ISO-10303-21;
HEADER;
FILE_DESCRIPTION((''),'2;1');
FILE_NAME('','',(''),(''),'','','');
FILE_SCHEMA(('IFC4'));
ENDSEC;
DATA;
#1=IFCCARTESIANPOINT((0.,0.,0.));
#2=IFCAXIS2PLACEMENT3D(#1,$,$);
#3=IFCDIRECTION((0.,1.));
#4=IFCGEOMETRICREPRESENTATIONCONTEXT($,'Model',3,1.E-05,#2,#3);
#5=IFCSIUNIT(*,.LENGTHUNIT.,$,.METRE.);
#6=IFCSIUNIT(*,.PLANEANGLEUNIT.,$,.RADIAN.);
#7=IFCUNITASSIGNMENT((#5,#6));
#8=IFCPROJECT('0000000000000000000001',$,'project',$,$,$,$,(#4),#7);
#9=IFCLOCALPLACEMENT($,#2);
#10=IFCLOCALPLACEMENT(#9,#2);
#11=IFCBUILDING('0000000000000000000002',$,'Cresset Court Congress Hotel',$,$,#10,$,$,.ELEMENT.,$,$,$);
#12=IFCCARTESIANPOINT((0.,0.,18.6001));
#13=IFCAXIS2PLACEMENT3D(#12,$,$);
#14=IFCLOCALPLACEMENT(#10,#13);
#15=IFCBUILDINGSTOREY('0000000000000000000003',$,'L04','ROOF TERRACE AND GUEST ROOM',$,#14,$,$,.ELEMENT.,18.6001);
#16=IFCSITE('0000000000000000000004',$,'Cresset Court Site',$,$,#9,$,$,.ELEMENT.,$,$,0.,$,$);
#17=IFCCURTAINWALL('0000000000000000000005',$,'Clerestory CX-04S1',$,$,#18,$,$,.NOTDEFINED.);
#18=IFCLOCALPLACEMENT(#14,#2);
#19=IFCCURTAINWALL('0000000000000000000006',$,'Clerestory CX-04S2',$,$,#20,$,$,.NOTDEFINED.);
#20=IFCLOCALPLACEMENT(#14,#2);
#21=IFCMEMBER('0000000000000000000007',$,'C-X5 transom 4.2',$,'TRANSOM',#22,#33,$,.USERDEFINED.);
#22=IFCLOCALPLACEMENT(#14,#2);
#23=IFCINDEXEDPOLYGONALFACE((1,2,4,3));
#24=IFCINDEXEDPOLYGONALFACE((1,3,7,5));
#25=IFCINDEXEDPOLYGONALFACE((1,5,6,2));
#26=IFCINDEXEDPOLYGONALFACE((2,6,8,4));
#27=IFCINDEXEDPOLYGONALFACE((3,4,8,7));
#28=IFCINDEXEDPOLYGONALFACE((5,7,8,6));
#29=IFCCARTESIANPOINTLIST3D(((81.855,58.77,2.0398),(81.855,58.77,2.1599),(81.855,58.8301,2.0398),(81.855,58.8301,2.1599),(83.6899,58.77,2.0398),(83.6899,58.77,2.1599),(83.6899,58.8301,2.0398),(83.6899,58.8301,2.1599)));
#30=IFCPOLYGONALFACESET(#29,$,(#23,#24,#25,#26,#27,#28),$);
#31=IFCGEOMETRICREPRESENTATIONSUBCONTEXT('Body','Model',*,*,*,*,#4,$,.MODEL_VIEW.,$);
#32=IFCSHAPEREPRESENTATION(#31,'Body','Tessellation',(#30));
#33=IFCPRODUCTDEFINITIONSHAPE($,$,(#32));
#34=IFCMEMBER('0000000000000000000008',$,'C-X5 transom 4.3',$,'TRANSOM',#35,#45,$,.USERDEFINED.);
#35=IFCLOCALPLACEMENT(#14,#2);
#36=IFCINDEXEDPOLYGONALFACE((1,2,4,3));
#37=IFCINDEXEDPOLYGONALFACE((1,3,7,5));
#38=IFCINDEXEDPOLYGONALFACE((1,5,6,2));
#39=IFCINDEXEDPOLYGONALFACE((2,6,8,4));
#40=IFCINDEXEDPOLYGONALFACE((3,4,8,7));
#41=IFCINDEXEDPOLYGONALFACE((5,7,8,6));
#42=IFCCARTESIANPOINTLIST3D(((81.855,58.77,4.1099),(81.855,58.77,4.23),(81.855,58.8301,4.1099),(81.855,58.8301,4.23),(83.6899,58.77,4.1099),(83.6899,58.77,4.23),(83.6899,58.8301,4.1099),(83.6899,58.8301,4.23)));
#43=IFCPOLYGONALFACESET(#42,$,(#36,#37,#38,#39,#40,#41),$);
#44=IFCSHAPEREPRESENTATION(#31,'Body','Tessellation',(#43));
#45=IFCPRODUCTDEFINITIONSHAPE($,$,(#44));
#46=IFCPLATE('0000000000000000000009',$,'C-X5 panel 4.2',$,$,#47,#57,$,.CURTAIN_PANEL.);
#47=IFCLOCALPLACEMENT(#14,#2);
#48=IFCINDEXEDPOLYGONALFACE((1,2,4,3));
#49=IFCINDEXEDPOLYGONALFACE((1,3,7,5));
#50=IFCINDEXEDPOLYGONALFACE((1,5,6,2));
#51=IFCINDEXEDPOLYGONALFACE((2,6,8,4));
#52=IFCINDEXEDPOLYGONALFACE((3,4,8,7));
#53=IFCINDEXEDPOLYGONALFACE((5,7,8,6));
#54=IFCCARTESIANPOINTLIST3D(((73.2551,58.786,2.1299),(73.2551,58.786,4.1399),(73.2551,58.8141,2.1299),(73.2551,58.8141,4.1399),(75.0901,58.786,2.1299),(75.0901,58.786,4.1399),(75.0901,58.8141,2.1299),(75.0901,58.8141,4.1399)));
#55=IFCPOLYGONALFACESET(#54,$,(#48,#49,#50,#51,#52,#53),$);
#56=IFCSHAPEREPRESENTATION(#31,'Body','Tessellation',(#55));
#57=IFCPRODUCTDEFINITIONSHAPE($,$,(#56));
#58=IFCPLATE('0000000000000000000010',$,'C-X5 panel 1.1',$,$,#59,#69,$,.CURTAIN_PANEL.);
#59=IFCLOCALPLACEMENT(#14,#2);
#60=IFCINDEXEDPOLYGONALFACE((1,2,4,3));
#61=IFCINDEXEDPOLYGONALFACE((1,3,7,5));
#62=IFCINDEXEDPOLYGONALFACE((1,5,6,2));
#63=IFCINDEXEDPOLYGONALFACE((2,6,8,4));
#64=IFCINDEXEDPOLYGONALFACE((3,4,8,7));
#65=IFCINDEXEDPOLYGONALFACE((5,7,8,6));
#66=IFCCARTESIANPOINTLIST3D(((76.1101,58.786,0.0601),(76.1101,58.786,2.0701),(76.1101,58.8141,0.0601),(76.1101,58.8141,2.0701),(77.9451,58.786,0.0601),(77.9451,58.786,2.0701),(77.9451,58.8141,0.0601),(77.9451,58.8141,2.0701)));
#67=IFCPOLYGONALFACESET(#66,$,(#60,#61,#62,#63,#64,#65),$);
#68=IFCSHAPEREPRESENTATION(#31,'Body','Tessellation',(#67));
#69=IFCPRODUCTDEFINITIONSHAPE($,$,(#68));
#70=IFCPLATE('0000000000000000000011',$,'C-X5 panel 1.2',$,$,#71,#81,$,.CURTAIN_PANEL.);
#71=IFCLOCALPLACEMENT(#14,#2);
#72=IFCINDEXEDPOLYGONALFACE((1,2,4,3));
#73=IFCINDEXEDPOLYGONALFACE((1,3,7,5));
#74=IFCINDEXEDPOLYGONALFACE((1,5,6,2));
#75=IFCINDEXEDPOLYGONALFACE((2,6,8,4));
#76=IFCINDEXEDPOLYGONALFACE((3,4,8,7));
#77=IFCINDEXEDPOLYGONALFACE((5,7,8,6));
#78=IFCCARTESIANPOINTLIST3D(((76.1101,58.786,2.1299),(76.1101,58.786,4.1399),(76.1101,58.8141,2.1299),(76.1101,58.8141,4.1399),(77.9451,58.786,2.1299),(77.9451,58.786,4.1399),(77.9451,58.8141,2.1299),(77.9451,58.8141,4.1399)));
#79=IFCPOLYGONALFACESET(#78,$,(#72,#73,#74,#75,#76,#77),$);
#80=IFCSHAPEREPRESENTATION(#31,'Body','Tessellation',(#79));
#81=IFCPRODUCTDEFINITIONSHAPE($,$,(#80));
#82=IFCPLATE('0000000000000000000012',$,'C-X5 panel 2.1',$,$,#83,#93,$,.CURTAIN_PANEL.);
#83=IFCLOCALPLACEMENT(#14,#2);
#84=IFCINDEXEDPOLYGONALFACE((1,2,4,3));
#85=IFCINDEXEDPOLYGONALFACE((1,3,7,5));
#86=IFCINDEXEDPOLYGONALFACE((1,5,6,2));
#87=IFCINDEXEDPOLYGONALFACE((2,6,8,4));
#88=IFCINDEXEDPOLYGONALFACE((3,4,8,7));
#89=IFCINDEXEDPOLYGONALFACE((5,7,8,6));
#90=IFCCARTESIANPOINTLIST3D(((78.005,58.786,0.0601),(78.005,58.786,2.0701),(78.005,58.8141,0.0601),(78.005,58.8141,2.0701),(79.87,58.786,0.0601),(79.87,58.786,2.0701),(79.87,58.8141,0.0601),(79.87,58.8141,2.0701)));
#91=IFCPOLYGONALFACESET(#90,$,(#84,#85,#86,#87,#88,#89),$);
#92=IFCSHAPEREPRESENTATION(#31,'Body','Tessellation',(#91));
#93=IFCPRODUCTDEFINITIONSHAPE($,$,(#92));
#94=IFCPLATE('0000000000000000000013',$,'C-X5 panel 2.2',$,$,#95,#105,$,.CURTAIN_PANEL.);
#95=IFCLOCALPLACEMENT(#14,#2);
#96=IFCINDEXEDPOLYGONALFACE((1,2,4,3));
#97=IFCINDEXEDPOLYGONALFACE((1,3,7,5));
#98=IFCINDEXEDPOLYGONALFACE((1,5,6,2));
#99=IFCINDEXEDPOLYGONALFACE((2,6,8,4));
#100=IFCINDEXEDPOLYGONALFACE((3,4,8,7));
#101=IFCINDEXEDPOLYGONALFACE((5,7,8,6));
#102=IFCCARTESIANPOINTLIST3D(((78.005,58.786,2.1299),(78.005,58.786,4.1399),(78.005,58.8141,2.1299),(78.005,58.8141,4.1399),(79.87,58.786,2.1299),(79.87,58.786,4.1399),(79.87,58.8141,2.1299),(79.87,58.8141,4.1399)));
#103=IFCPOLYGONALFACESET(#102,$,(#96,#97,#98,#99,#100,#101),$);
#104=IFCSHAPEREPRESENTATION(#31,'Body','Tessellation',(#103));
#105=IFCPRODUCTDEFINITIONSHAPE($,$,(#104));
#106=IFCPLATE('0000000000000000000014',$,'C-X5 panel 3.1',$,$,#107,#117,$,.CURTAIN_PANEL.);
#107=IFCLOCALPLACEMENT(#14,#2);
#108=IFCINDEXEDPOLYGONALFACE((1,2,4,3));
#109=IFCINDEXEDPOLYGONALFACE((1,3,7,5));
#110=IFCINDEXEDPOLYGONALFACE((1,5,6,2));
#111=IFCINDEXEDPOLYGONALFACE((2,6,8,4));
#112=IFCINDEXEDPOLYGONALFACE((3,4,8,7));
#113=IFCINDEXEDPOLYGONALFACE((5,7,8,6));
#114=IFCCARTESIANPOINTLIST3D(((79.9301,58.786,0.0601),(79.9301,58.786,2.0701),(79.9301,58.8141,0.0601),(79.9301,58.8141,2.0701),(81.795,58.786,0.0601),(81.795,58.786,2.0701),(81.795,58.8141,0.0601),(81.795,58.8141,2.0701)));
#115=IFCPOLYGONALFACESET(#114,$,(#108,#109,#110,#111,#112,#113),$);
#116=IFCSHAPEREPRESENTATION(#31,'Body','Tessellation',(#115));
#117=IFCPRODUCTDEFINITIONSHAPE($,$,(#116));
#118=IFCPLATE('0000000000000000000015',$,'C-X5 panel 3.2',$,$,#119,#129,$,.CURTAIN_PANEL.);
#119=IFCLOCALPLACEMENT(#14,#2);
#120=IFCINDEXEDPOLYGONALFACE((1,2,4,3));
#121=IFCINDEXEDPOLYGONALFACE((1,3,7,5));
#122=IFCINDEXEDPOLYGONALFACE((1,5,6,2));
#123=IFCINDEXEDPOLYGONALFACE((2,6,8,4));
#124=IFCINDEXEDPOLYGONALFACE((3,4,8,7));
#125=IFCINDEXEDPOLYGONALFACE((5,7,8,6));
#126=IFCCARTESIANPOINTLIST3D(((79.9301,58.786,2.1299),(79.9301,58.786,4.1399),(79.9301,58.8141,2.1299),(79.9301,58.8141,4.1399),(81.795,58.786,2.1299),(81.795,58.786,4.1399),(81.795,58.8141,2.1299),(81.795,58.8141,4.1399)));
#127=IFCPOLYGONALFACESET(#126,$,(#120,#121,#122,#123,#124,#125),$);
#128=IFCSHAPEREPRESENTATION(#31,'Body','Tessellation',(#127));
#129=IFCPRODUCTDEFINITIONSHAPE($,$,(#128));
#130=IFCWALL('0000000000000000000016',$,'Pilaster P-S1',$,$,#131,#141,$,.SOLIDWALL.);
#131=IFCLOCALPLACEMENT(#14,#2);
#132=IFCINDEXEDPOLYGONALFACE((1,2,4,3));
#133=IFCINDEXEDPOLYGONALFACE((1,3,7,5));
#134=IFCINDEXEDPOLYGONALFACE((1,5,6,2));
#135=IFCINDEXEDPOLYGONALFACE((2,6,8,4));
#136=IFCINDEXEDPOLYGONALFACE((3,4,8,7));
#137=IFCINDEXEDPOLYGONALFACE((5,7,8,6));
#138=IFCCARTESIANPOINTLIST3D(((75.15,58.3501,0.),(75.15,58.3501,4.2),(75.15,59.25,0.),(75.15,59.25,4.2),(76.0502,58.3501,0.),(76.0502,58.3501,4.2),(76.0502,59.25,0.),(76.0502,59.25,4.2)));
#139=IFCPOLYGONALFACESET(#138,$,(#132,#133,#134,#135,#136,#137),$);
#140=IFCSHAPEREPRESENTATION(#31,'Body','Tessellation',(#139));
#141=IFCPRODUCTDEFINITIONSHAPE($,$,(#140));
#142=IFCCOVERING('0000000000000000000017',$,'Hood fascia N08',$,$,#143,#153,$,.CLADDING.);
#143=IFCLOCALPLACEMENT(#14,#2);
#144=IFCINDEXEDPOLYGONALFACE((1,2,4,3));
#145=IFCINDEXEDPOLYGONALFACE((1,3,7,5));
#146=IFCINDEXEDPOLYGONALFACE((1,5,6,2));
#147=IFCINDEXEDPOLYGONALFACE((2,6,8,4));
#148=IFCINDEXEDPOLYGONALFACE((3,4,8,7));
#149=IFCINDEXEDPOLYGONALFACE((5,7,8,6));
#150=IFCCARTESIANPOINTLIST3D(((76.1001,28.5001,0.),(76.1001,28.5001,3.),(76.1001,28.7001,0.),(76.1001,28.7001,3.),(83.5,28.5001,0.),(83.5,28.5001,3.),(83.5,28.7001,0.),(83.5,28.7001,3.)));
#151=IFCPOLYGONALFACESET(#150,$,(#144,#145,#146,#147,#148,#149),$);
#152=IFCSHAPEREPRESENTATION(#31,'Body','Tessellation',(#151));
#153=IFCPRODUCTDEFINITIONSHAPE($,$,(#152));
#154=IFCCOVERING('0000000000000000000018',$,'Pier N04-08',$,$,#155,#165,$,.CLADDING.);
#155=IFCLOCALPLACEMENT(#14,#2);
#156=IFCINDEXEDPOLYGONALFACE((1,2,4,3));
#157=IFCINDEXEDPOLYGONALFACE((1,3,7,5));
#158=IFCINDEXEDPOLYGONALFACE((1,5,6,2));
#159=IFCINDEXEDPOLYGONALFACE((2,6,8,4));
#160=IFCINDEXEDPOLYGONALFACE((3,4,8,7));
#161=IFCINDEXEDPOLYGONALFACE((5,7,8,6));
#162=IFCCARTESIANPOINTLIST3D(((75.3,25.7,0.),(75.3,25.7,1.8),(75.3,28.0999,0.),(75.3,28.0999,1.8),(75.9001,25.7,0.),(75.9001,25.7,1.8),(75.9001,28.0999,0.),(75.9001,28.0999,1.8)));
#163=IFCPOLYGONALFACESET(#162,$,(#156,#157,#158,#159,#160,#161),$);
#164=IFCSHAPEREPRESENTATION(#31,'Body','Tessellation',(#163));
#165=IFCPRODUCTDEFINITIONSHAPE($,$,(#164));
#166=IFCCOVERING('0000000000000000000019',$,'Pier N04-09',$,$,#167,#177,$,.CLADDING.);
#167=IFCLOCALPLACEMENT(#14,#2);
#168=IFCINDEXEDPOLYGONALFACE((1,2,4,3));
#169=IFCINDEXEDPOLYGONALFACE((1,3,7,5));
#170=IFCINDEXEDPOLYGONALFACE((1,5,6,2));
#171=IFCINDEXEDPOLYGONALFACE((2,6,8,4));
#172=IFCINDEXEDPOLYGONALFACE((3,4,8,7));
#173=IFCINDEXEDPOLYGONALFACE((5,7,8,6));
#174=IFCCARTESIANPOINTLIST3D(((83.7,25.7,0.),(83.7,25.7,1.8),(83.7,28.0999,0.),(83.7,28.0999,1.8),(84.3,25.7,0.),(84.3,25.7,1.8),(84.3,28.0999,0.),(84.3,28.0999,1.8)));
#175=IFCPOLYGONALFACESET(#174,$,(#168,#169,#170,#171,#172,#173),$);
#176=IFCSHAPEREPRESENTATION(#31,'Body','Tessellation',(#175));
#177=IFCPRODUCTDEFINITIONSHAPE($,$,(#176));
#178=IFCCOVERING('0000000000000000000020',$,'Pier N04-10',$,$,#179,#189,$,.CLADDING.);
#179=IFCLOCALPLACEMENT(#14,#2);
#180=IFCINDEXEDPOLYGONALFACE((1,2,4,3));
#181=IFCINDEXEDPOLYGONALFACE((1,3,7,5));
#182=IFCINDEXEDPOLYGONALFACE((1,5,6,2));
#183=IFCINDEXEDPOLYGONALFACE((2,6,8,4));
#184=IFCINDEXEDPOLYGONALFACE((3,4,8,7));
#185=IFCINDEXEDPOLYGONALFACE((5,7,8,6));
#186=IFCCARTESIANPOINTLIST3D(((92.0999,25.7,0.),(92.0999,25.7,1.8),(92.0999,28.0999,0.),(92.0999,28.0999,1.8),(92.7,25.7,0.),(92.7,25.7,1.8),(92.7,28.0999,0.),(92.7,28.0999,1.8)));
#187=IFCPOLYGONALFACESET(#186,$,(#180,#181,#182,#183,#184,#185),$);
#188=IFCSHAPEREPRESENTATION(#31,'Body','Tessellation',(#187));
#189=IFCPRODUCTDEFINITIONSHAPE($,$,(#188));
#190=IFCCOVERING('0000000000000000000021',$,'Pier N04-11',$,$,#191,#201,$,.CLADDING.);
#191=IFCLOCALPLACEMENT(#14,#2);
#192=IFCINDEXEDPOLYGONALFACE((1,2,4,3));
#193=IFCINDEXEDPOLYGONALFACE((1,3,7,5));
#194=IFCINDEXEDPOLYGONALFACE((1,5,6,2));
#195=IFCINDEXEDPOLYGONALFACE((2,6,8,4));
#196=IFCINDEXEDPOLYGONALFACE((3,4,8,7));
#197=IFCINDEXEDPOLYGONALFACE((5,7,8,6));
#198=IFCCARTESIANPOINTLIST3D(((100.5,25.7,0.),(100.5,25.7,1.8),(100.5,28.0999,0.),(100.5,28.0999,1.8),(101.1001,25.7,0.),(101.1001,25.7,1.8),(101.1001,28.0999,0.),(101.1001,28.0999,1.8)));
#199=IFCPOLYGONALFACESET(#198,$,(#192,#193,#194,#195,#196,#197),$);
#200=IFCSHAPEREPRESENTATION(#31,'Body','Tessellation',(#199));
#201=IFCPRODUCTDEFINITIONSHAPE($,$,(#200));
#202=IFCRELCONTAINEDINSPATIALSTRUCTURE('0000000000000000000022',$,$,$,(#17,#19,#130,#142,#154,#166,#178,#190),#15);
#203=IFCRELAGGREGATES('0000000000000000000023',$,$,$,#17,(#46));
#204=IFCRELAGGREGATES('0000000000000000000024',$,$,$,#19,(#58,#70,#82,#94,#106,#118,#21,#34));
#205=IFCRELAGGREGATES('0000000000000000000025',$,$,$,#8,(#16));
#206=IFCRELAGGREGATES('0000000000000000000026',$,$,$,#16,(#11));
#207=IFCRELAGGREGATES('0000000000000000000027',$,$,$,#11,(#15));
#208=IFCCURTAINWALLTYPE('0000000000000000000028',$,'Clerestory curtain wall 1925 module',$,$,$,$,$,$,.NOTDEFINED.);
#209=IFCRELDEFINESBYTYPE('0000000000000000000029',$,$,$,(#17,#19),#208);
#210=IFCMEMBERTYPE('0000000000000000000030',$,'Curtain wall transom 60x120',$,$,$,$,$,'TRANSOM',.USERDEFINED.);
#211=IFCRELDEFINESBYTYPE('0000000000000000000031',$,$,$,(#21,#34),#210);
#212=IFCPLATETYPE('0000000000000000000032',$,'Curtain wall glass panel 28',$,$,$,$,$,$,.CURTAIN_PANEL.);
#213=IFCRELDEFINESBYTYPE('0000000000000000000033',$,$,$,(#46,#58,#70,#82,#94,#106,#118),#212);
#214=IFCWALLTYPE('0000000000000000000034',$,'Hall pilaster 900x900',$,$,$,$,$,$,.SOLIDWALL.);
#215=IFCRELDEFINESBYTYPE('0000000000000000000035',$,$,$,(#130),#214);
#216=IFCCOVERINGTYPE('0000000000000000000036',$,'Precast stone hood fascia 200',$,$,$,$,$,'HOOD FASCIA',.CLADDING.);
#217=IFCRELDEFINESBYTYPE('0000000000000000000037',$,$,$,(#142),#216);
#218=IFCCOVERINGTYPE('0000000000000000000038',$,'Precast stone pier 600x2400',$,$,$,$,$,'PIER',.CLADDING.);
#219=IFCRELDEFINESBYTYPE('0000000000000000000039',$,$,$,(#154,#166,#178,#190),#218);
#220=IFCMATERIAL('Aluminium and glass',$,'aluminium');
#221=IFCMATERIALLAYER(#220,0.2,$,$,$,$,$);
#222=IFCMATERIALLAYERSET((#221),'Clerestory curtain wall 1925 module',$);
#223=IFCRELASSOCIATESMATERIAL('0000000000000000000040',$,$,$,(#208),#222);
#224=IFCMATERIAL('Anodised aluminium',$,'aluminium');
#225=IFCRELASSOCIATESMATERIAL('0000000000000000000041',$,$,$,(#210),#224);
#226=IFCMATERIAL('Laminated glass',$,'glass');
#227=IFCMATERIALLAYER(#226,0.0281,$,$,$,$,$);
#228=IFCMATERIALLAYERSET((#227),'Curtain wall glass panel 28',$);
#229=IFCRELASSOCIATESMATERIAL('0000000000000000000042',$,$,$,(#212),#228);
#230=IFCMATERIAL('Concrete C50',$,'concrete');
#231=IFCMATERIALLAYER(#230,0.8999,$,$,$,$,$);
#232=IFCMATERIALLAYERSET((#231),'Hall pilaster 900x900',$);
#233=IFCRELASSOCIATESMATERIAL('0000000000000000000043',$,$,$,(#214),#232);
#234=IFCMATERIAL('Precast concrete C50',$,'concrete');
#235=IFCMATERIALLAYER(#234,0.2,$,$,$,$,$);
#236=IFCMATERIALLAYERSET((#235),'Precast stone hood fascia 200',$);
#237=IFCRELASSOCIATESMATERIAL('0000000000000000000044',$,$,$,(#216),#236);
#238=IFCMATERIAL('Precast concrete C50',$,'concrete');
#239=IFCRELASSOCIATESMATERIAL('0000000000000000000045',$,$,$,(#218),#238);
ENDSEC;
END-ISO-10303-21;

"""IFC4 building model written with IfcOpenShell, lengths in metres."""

from ifc_helpers import new_model, si_unit, direction, frame, frame_2d, origin, origin_2d, place, context, subcontext, project, spatial, rectangle, extrude, material, layer, layer_set, material_profile, profile_set, type_object, element, aggregate, save


model = new_model("IFC4")

# Units and contexts
model_context = context("Model", 3, precision=1e-05, world=origin(), true_north=direction((0.0, 1.0)))
body_context = subcontext(model_context, "Body", "Model", "MODEL_VIEW")
ifc_project = project(units=[si_unit("LENGTHUNIT", "METRE"), si_unit("PLANEANGLEUNIT", "RADIAN")], contexts=[model_context])

# Site, building, storey
site_placement = place(None, origin())
site = spatial("IfcSite", under=ifc_project, at=site_placement, Name="Cresset Court Site", CompositionType="ELEMENT", RefElevation=0.0)
building_placement = place(site_placement, origin())
building = spatial("IfcBuilding", under=site, at=building_placement, Name="Cresset Court Congress Hotel", CompositionType="ELEMENT")
storey_placement = place(building_placement, frame((0.0, 0.0, 18.6001)))
storey = spatial("IfcBuildingStorey", under=building, at=storey_placement, Name="L04", Description="ROOF TERRACE AND GUEST ROOM", CompositionType="ELEMENT", Elevation=18.6001)

# Curtain wall
ifc_material_1 = material(Name="Aluminium and glass", Category="aluminium")
ifc_layer_1 = layer(ifc_material_1, 0.2)
ifc_layer_set_1 = layer_set([ifc_layer_1], Name="Clerestory curtain wall 1925 module")
curtain_wall_type = type_object("IfcCurtainWallType", Name="Clerestory curtain wall 1925 module", PredefinedType="NOTDEFINED", material=ifc_layer_set_1)
curtain_wall_1_placement = place(storey_placement, origin())
curtain_wall_1 = element("IfcCurtainWall", 1, at=curtain_wall_1_placement, inside=storey, type_object=curtain_wall_type, Name="Clerestory CX-04S1", PredefinedType="NOTDEFINED")

# Curtain wall, members
curtain_wall_2_placement = place(storey_placement, origin())
curtain_wall_2 = element("IfcCurtainWall", 2, at=curtain_wall_2_placement, inside=storey, type_object=curtain_wall_type, Name="Clerestory CX-04S2", PredefinedType="NOTDEFINED")
ifc_material_2 = material(Name="Anodised aluminium", Category="aluminium")
ifc_material_profile_1 = material_profile(ifc_material_2, rectangle(XDim=0.0601, YDim=0.1201, at=origin_2d()), Name="AL60x120")
ifc_profile_set_1 = profile_set([ifc_material_profile_1], Name="Anodised aluminium")
member_type_1 = type_object("IfcMemberType", Name="Curtain wall transom 60x120", ElementType="TRANSOM", PredefinedType="USERDEFINED", material=ifc_profile_set_1)
member_1_placement = place(storey_placement, frame((81.855, 58.8, 2.0999), z_axis=(1.0, 0.0, 0.0), x_axis=(0.0, 1.0, 0.0)))
member_1 = element("IfcMember", 3, at=member_1_placement, type_object=member_type_1, Name="C-X5 transom 4.2", ObjectType="TRANSOM", PredefinedType="USERDEFINED", context=body_context, shape_type="SweptSolid", body=[
    extrude(rectangle(XDim=0.0601, YDim=0.1201, at=origin_2d()), origin(), (0.0, 0.0, 1.0), 1.835),
])
member_2_placement = place(storey_placement, frame((81.855, 58.8, 4.1699), z_axis=(1.0, 0.0, 0.0), x_axis=(0.0, 1.0, 0.0)))
member_2 = element("IfcMember", 4, at=member_2_placement, type_object=member_type_1, Name="C-X5 transom 4.3", ObjectType="TRANSOM", PredefinedType="USERDEFINED", context=body_context, shape_type="SweptSolid", body=[
    extrude(rectangle(XDim=0.0601, YDim=0.1201, at=origin_2d()), origin(), (0.0, 0.0, 1.0), 1.835),
])

# Plates
ifc_material_3 = material(Name="Laminated glass", Category="glass")
ifc_layer_2 = layer(ifc_material_3, 0.0281)
ifc_layer_set_2 = layer_set([ifc_layer_2], Name="Curtain wall glass panel 28")
plate_type = type_object("IfcPlateType", Name="Curtain wall glass panel 28", PredefinedType="CURTAIN_PANEL", material=ifc_layer_set_2)
plate_1_placement = place(storey_placement, frame((74.1726, 58.8, 2.1299), z_axis=(0.0, 0.0, 1.0), x_axis=(1.0, 0.0, 0.0)))
plate_1 = element("IfcPlate", 5, at=plate_1_placement, type_object=plate_type, Name="C-X5 panel 4.2", PredefinedType="CURTAIN_PANEL", context=body_context, shape_type="SweptSolid", body=[
    extrude(rectangle(XDim=1.835, YDim=0.0281, at=origin_2d()), origin(), (0.0, 0.0, 1.0), 2.01),
])
aggregate(curtain_wall_1, [plate_1])
plate_2_placement = place(storey_placement, frame((77.0276, 58.8, 0.0601), z_axis=(0.0, 0.0, 1.0), x_axis=(1.0, 0.0, 0.0)))
plate_2 = element("IfcPlate", 6, at=plate_2_placement, type_object=plate_type, Name="C-X5 panel 1.1", PredefinedType="CURTAIN_PANEL", context=body_context, shape_type="SweptSolid", body=[
    extrude(rectangle(XDim=1.835, YDim=0.0281, at=origin_2d()), origin(), (0.0, 0.0, 1.0), 2.01),
])
plate_3_placement = place(storey_placement, frame((77.0276, 58.8, 2.1299), z_axis=(0.0, 0.0, 1.0), x_axis=(1.0, 0.0, 0.0)))
plate_3 = element("IfcPlate", 7, at=plate_3_placement, type_object=plate_type, Name="C-X5 panel 1.2", PredefinedType="CURTAIN_PANEL", context=body_context, shape_type="SweptSolid", body=[
    extrude(rectangle(XDim=1.835, YDim=0.0281, at=origin_2d()), origin(), (0.0, 0.0, 1.0), 2.01),
])
plate_4_placement = place(storey_placement, frame((78.9375, 58.8, 0.0601), z_axis=(0.0, 0.0, 1.0), x_axis=(1.0, 0.0, 0.0)))
plate_4 = element("IfcPlate", 8, at=plate_4_placement, type_object=plate_type, Name="C-X5 panel 2.1", PredefinedType="CURTAIN_PANEL", context=body_context, shape_type="SweptSolid", body=[
    extrude(rectangle(XDim=1.865, YDim=0.0281, at=origin_2d()), origin(), (0.0, 0.0, 1.0), 2.01),
])
plate_5_placement = place(storey_placement, frame((78.9375, 58.8, 2.1299), z_axis=(0.0, 0.0, 1.0), x_axis=(1.0, 0.0, 0.0)))
plate_5 = element("IfcPlate", 9, at=plate_5_placement, type_object=plate_type, Name="C-X5 panel 2.2", PredefinedType="CURTAIN_PANEL", context=body_context, shape_type="SweptSolid", body=[
    extrude(rectangle(XDim=1.865, YDim=0.0281, at=origin_2d()), origin(), (0.0, 0.0, 1.0), 2.01),
])
plate_6_placement = place(storey_placement, frame((80.8625, 58.8, 0.0601), z_axis=(0.0, 0.0, 1.0), x_axis=(1.0, 0.0, 0.0)))
plate_6 = element("IfcPlate", 10, at=plate_6_placement, type_object=plate_type, Name="C-X5 panel 3.1", PredefinedType="CURTAIN_PANEL", context=body_context, shape_type="SweptSolid", body=[
    extrude(rectangle(XDim=1.865, YDim=0.0281, at=origin_2d()), origin(), (0.0, 0.0, 1.0), 2.01),
])
plate_7_placement = place(storey_placement, frame((80.8625, 58.8, 2.1299), z_axis=(0.0, 0.0, 1.0), x_axis=(1.0, 0.0, 0.0)))
plate_7 = element("IfcPlate", 11, at=plate_7_placement, type_object=plate_type, Name="C-X5 panel 3.2", PredefinedType="CURTAIN_PANEL", context=body_context, shape_type="SweptSolid", body=[
    extrude(rectangle(XDim=1.865, YDim=0.0281, at=origin_2d()), origin(), (0.0, 0.0, 1.0), 2.01),
])
aggregate(curtain_wall_2, [plate_2, plate_3, plate_4, plate_5, plate_6, plate_7, member_1, member_2])

# Wall
ifc_material_4 = material(Name="Concrete C50", Category="concrete")
ifc_layer_3 = layer(ifc_material_4, 0.8999)
ifc_layer_set_3 = layer_set([ifc_layer_3], Name="Hall pilaster 900x900")
wall_type = type_object("IfcWallType", Name="Hall pilaster 900x900", PredefinedType="SOLIDWALL", material=ifc_layer_set_3)
wall_placement = place(storey_placement, frame((75.1499, 58.8, 0.0), z_axis=(0.0, 0.0, 1.0), x_axis=(1.0, 0.0, 0.0)))
element("IfcWall", 12, at=wall_placement, inside=storey, type_object=wall_type, Name="Pilaster P-S1", PredefinedType="SOLIDWALL", context=body_context, shape_type="SweptSolid", body=[
    extrude(rectangle(XDim=0.9001, YDim=0.8999, at=frame_2d((0.4502, 0.0))), origin(), (0.0, 0.0, 1.0), 4.2),
])

# Coverings
ifc_material_5 = material(Name="Precast concrete C50", Category="concrete")
ifc_layer_4 = layer(ifc_material_5, 0.2)
ifc_layer_set_4 = layer_set([ifc_layer_4], Name="Precast stone hood fascia 200")
covering_type_1 = type_object("IfcCoveringType", Name="Precast stone hood fascia 200", ElementType="HOOD FASCIA", PredefinedType="CLADDING", material=ifc_layer_set_4)
covering_placement = place(storey_placement, frame((79.8, 28.6001, 0.0), z_axis=(0.0, 0.0, 1.0), x_axis=(1.0, 0.0, 0.0)))
element("IfcCovering", 13, at=covering_placement, inside=storey, type_object=covering_type_1, Name="Hood fascia N08", PredefinedType="CLADDING", context=body_context, shape_type="SweptSolid", body=[
    extrude(rectangle(XDim=7.3999, YDim=0.2, at=origin_2d()), origin(), (0.0, 0.0, 1.0), 3.0),
])
ifc_material_6 = material(Name="Precast concrete C50", Category="concrete")
covering_type_2 = type_object("IfcCoveringType", Name="Precast stone pier 600x2400", ElementType="PIER", PredefinedType="CLADDING", material=ifc_material_6)
for number, where, z_axis, x_axis, name in (
    (14, (75.6001, 26.8999, 0.0), (0.0, 0.0, 1.0), (1.0, 0.0, 0.0), "Pier N04-08"),
    (15, (84.0, 26.8999, 0.0), (0.0, 0.0, 1.0), (1.0, 0.0, 0.0), "Pier N04-09"),
    (16, (92.3999, 26.8999, 0.0), (0.0, 0.0, 1.0), (1.0, 0.0, 0.0), "Pier N04-10"),
    (17, (100.8, 26.8999, 0.0), (0.0, 0.0, 1.0), (1.0, 0.0, 0.0), "Pier N04-11"),
):
    element("IfcCovering", number, at=place(storey_placement, frame(where, z_axis=z_axis, x_axis=x_axis)), inside=storey, type_object=covering_type_2, Name=name, PredefinedType="CLADDING", context=body_context, shape_type="SweptSolid", body=[
        extrude(rectangle(XDim=0.6001, YDim=2.3999, at=origin_2d()), origin(), (0.0, 0.0, 1.0), 1.8),
    ])

save(model, "model.ifc")
